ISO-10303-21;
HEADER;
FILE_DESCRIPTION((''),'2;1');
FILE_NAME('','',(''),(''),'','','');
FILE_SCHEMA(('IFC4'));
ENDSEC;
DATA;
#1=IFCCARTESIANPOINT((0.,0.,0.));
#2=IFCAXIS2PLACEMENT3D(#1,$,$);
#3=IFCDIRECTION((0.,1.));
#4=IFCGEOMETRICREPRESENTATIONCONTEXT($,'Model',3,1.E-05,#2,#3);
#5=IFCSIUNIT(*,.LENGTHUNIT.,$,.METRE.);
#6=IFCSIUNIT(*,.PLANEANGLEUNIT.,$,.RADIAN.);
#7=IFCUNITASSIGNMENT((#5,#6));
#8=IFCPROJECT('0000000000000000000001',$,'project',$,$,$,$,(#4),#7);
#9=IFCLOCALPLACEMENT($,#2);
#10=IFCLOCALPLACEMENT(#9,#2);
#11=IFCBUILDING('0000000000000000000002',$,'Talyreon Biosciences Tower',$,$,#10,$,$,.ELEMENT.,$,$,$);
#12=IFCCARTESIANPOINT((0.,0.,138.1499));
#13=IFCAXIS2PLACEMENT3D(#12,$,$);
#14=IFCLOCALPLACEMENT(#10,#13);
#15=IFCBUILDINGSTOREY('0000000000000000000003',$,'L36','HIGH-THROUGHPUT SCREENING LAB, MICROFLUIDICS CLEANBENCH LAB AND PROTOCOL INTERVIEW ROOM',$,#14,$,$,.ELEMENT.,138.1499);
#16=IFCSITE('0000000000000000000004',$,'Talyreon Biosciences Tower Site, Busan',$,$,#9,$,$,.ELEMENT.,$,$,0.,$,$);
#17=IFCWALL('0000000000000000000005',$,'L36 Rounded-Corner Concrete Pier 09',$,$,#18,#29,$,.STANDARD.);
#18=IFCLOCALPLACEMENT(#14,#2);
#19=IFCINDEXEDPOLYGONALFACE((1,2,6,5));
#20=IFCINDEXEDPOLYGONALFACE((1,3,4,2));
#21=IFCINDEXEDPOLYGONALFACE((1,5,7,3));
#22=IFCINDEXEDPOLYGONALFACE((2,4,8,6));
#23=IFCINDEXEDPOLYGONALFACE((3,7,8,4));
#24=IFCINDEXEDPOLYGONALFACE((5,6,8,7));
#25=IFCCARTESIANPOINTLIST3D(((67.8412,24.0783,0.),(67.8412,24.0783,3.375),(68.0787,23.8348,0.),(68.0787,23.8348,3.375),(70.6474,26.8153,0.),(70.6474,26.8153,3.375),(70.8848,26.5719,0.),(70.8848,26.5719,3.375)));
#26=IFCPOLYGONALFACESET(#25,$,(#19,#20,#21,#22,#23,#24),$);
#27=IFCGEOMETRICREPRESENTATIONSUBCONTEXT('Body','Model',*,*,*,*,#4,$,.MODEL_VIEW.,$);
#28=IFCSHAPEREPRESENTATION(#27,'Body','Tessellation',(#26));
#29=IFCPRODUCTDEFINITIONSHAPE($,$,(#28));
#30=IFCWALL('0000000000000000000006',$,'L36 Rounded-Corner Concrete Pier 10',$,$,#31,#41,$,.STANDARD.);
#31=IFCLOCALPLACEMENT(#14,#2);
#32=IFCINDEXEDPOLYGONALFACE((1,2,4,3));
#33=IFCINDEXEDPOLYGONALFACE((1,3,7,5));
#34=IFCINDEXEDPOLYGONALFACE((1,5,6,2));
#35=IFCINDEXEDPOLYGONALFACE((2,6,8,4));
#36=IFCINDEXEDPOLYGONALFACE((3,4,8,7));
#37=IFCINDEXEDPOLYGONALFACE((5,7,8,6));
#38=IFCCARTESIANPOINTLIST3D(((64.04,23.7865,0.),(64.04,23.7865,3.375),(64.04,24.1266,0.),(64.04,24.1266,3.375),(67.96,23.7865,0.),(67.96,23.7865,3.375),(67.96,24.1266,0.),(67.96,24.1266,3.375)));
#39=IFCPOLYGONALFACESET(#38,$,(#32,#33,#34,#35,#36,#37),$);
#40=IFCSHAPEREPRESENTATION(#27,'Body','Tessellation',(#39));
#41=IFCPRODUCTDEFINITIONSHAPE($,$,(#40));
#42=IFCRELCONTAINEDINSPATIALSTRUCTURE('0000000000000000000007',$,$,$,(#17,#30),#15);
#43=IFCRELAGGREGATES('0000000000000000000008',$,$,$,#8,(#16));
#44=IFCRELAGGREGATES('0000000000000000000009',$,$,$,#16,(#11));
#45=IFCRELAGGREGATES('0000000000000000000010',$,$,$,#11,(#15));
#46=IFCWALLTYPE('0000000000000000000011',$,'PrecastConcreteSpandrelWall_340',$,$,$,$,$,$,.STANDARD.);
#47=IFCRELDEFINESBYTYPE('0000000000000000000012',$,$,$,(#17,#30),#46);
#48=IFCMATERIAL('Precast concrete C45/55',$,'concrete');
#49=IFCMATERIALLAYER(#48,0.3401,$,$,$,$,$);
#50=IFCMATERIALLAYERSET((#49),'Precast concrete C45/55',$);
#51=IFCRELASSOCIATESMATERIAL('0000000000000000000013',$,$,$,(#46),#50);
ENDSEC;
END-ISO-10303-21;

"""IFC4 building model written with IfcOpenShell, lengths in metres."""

from ifc_helpers import new_model, si_unit, direction, frame, frame_2d, origin, place, context, subcontext, project, spatial, rectangle, extrude, material, layer, layer_set, type_object, element, save


model = new_model("IFC4")

# Units and contexts
model_context = context("Model", 3, precision=1e-05, world=origin(), true_north=direction((0.0, 1.0)))
body_context = subcontext(model_context, "Body", "Model", "MODEL_VIEW")
ifc_project = project(units=[si_unit("LENGTHUNIT", "METRE"), si_unit("PLANEANGLEUNIT", "RADIAN")], contexts=[model_context])

# Site, building, storey
site_placement = place(None, origin())
site = spatial("IfcSite", under=ifc_project, at=site_placement, Name="Talyreon Biosciences Tower Site, Busan", CompositionType="ELEMENT", RefElevation=0.0)
building_placement = place(site_placement, origin())
building = spatial("IfcBuilding", under=site, at=building_placement, Name="Talyreon Biosciences Tower", CompositionType="ELEMENT")
storey_placement = place(building_placement, frame((0.0, 0.0, 138.1499)))
storey = spatial("IfcBuildingStorey", under=building, at=storey_placement, Name="L36", Description="HIGH-THROUGHPUT SCREENING LAB, MICROFLUIDICS CLEANBENCH LAB AND PROTOCOL INTERVIEW ROOM", CompositionType="ELEMENT", Elevation=138.1499)

# Shared definitions
ifc_material_1 = material(Name="Precast concrete C45/55", Category="concrete")

# Walls
ifc_layer_1 = layer(ifc_material_1, 0.3401)
ifc_layer_set_1 = layer_set([ifc_layer_1], Name="Precast concrete C45/55")
wall_type_1 = type_object("IfcWallType", Name="PrecastConcreteSpandrelWall_340", PredefinedType="STANDARD", material=ifc_layer_set_1)
for number, where, z_axis, x_axis, name in (
    (1, (70.7661, 26.6936, 0.0), (0.0, 0.0, 1.0), (-0.715865, -0.698239, 0.0), "L36 Rounded-Corner Concrete Pier 09"),
    (2, (67.96, 23.9565, 0.0), (0.0, 0.0, 1.0), (-1.0, 0.0, 0.0), "L36 Rounded-Corner Concrete Pier 10"),
):
    element("IfcWall", number, at=place(storey_placement, frame(where, z_axis=z_axis, x_axis=x_axis)), inside=storey, type_object=wall_type_1, Name=name, PredefinedType="STANDARD", context=body_context, shape_type="SweptSolid", body=[
        extrude(rectangle(XDim=3.9199, YDim=0.3401, at=frame_2d((1.96, 0.0))), origin(), (0.0, 0.0, 1.0), 3.375),
    ])

save(model, "model.ifc")
